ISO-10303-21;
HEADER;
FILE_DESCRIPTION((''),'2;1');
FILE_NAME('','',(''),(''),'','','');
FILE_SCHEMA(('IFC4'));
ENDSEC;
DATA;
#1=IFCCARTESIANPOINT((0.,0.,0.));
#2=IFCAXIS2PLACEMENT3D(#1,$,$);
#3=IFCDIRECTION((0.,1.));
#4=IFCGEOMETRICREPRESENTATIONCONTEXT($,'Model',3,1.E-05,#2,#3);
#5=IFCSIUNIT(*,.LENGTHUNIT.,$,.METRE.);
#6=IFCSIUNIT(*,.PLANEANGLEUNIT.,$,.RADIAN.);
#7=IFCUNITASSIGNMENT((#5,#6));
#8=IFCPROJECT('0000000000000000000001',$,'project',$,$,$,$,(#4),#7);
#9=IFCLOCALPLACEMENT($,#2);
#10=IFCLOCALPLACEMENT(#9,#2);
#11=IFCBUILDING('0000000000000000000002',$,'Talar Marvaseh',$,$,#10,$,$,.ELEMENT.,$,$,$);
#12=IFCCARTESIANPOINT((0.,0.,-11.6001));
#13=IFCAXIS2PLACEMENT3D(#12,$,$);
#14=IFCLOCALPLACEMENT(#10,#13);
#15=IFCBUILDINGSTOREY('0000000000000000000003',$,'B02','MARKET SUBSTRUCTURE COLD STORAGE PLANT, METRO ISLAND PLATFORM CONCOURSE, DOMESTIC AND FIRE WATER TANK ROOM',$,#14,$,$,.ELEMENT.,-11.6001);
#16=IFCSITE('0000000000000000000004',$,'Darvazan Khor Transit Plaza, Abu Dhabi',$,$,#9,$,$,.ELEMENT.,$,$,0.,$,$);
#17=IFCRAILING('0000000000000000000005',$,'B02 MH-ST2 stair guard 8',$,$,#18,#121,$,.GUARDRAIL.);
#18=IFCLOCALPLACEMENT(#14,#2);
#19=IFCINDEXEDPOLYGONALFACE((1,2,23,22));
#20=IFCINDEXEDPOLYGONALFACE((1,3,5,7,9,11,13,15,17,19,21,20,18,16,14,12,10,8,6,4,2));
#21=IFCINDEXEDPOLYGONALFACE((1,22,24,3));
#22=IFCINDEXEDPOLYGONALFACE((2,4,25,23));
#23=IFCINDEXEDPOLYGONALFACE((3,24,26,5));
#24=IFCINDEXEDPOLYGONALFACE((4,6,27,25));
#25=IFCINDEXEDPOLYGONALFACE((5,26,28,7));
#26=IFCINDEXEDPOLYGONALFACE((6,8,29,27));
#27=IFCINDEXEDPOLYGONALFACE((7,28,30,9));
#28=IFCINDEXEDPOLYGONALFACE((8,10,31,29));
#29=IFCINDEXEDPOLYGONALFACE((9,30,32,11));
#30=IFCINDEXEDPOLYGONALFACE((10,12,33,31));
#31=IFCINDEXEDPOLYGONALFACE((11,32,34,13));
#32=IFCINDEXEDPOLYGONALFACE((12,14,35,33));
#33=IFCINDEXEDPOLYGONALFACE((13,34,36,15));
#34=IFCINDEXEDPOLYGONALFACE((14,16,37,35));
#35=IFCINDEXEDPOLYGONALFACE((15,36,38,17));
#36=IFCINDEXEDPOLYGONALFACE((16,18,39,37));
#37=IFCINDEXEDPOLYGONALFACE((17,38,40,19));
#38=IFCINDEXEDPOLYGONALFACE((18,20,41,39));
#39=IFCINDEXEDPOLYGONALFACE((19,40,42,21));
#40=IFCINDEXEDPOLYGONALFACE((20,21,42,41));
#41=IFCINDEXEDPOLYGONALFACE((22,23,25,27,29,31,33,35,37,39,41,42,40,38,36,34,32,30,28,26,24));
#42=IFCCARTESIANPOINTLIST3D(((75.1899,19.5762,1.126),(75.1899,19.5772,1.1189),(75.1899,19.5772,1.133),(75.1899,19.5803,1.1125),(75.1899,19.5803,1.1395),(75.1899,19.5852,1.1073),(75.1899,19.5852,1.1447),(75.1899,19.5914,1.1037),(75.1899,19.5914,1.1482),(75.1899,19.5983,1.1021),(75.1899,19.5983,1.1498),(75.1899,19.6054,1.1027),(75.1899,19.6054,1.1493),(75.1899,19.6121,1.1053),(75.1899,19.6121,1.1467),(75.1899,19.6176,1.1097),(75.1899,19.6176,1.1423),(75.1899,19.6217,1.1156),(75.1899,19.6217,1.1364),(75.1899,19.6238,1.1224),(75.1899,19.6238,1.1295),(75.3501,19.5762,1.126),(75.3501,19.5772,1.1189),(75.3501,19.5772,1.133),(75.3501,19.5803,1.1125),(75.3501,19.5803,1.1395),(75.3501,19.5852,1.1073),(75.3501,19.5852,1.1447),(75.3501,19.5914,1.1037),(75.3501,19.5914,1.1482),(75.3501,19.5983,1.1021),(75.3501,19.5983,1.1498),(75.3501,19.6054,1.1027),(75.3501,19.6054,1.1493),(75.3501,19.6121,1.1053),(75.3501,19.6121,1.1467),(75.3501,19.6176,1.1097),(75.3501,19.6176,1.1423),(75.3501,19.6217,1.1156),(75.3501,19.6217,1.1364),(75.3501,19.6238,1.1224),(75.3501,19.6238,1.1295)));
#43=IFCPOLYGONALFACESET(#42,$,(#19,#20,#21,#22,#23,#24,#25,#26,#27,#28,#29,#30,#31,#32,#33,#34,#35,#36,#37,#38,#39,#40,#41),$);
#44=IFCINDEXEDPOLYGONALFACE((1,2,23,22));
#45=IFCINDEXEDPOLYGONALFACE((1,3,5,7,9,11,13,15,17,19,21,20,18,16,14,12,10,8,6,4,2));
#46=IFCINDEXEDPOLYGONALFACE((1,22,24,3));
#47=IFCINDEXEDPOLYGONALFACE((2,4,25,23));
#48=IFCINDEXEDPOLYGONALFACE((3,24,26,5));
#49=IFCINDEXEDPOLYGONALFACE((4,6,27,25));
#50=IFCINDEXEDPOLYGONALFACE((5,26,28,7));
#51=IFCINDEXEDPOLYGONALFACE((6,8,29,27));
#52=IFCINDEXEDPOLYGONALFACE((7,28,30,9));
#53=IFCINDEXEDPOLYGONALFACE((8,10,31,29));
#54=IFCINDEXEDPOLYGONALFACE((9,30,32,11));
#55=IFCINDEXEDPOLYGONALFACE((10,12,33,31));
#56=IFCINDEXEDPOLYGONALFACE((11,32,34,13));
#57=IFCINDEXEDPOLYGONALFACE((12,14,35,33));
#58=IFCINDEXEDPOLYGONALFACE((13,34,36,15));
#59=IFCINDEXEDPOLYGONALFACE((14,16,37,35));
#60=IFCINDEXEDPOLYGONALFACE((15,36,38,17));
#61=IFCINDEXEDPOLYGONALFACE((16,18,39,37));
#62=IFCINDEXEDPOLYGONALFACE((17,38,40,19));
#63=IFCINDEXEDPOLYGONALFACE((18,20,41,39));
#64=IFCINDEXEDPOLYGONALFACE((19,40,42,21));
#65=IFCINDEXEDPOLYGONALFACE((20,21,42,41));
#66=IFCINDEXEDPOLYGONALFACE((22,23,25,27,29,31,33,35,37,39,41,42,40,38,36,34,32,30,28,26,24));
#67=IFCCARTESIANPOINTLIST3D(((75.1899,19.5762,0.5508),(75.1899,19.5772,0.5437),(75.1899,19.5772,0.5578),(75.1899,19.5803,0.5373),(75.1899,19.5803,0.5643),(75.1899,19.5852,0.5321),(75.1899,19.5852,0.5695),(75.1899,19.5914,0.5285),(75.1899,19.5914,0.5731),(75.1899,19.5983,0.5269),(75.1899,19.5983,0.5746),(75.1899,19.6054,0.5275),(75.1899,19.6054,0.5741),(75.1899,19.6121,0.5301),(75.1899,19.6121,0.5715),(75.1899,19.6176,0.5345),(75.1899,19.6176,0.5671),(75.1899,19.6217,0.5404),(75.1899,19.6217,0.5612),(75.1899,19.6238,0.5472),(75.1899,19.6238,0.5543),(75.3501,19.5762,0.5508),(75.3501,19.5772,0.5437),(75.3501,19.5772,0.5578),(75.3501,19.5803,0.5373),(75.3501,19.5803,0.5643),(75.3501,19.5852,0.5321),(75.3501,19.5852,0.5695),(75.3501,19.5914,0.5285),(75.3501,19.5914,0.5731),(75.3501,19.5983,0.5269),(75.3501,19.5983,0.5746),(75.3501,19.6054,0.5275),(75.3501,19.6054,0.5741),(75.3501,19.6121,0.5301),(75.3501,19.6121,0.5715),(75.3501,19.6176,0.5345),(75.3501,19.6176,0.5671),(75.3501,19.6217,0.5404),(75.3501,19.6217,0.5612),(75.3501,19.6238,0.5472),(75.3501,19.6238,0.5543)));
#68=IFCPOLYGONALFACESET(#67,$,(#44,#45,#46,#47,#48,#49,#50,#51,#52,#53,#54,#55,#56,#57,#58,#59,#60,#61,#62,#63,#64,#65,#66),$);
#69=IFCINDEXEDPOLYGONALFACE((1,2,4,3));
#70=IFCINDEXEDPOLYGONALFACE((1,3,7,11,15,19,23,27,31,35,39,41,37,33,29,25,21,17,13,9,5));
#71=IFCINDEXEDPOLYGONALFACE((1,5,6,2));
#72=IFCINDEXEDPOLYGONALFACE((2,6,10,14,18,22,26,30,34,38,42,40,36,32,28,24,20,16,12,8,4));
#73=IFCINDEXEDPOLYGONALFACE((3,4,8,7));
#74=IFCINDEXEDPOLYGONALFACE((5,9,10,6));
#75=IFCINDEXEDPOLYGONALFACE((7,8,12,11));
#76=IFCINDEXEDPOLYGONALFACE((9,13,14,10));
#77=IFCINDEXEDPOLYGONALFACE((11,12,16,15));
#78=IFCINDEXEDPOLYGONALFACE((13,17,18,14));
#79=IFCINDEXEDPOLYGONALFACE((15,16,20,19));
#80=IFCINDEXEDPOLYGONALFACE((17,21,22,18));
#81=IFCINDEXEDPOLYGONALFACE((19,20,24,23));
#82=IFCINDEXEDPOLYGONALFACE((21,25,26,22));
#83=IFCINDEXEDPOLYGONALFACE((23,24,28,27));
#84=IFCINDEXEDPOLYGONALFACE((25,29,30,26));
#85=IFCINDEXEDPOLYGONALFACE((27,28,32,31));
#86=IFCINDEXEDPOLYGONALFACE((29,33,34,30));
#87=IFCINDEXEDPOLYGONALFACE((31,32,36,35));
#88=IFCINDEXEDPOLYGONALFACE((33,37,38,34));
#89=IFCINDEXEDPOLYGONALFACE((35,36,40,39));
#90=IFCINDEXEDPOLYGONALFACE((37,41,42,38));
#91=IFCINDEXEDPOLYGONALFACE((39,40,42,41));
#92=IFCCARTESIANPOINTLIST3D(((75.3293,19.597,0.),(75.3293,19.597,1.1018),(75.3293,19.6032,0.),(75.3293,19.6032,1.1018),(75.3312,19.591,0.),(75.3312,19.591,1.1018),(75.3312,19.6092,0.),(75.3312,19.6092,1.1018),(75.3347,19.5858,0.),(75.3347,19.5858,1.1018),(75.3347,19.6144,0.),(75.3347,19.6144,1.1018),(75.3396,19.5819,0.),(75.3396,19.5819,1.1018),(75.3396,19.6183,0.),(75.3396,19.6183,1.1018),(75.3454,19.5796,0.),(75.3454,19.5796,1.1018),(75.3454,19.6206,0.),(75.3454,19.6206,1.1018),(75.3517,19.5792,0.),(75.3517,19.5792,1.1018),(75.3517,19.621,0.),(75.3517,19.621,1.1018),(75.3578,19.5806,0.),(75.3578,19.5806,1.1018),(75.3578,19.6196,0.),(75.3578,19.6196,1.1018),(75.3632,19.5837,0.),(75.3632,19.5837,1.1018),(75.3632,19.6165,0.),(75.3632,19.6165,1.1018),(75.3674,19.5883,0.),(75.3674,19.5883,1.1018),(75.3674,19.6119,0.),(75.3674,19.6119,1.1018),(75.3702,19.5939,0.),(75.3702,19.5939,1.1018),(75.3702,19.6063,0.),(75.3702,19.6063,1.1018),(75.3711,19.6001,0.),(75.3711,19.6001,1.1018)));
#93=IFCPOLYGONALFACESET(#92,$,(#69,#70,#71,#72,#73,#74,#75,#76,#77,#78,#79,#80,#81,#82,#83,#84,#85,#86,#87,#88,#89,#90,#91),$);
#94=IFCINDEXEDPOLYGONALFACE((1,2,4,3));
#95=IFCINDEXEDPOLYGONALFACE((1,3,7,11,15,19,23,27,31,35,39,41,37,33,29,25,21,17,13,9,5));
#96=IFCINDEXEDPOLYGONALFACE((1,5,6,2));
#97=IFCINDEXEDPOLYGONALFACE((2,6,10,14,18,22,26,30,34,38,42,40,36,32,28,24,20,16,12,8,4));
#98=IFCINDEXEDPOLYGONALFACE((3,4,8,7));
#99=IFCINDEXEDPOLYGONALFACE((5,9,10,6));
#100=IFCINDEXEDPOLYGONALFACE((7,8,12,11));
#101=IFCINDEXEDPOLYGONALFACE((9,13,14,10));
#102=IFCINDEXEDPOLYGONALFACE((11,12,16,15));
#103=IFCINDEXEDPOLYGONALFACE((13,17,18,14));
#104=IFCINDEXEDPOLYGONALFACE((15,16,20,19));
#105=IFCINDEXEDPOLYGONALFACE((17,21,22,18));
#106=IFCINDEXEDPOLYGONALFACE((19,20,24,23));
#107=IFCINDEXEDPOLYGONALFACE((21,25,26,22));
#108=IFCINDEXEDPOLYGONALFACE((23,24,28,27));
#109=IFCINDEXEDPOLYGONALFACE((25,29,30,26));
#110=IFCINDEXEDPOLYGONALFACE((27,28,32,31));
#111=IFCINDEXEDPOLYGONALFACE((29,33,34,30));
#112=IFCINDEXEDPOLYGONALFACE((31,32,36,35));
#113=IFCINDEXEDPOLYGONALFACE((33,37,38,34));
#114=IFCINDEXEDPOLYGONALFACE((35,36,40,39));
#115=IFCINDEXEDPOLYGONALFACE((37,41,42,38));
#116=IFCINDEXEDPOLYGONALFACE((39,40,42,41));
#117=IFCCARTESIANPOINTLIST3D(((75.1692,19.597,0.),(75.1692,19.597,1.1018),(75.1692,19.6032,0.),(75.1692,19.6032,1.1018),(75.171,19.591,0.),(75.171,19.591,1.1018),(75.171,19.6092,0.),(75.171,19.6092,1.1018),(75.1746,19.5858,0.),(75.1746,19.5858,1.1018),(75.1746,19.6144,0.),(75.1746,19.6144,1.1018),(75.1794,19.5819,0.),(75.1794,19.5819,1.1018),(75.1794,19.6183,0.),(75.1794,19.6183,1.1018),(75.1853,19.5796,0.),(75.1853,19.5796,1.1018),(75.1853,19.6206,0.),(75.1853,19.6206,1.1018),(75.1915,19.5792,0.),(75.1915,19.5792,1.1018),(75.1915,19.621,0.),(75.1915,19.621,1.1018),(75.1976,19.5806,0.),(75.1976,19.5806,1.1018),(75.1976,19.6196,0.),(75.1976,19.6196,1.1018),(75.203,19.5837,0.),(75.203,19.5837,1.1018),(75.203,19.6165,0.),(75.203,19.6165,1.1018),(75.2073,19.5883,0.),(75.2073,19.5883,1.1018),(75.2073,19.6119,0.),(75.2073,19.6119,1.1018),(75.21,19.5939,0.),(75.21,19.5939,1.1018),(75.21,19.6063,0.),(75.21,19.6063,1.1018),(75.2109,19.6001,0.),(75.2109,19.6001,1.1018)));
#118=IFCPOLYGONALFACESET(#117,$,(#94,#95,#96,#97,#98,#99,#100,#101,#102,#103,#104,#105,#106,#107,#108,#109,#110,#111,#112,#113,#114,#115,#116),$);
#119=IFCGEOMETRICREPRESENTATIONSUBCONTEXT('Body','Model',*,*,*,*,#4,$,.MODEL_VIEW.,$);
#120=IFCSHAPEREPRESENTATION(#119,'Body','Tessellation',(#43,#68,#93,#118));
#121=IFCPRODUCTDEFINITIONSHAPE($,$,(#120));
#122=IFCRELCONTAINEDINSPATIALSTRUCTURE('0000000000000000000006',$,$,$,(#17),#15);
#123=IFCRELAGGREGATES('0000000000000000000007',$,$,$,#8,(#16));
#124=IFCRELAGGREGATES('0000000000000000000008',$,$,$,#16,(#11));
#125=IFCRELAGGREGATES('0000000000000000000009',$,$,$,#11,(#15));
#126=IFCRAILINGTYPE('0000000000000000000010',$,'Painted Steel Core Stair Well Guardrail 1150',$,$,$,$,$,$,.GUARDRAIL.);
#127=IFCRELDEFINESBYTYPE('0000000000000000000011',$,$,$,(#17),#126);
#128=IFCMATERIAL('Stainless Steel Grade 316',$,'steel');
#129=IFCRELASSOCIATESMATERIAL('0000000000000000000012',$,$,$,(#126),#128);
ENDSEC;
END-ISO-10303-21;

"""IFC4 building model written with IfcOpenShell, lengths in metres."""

from ifc_helpers import new_model, si_unit, direction, frame, origin, origin_2d, place, context, subcontext, project, spatial, circle, extrude, material, type_object, element, save


model = new_model("IFC4")

# Units and contexts
model_context = context("Model", 3, precision=1e-05, world=origin(), true_north=direction((0.0, 1.0)))
body_context = subcontext(model_context, "Body", "Model", "MODEL_VIEW")
ifc_project = project(units=[si_unit("LENGTHUNIT", "METRE"), si_unit("PLANEANGLEUNIT", "RADIAN")], contexts=[model_context])

# Site, building, storey
site_placement = place(None, origin())
site = spatial("IfcSite", under=ifc_project, at=site_placement, Name="Darvazan Khor Transit Plaza, Abu Dhabi", CompositionType="ELEMENT", RefElevation=0.0)
building_placement = place(site_placement, origin())
building = spatial("IfcBuilding", under=site, at=building_placement, Name="Talar Marvaseh", CompositionType="ELEMENT")
storey_placement = place(building_placement, frame((0.0, 0.0, -11.6001)))
storey = spatial("IfcBuildingStorey", under=building, at=storey_placement, Name="B02", Description="MARKET SUBSTRUCTURE COLD STORAGE PLANT, METRO ISLAND PLATFORM CONCOURSE, DOMESTIC AND FIRE WATER TANK ROOM", CompositionType="ELEMENT", Elevation=-11.6001)

# Railing
ifc_material_1 = material(Name="Stainless Steel Grade 316", Category="steel")
railing_type_1 = type_object("IfcRailingType", Name="Painted Steel Core Stair Well Guardrail 1150", PredefinedType="GUARDRAIL", material=ifc_material_1)
railing_1_placement = place(storey_placement, frame((75.3501, 19.6001, 0.0)))
element("IfcRailing", 1, at=railing_1_placement, inside=storey, type_object=railing_type_1, Name="B02 MH-ST2 stair guard 8", PredefinedType="GUARDRAIL", context=body_context, shape_type="SweptSolid", body=[
    extrude(circle(Radius=0.0239, at=origin_2d()), frame((0.0, 0.0, 1.126), z_axis=(-1.0, 0.0, 0.0), x_axis=(0.0, -1.0, 0.0)), (0.0, 0.0, 1.0), 0.1602),
    extrude(circle(Radius=0.0239, at=origin_2d()), frame((0.0, 0.0, 0.5508), z_axis=(-1.0, 0.0, 0.0), x_axis=(0.0, -1.0, 0.0)), (0.0, 0.0, 1.0), 0.1602),
    extrude(circle(Radius=0.021, at=origin_2d()), origin(), (0.0, 0.0, 1.0), 1.1018),
    extrude(circle(Radius=0.021, at=origin_2d()), frame((-0.1602, 0.0, 0.0)), (0.0, 0.0, 1.0), 1.1018),
])

save(model, "model.ifc")
